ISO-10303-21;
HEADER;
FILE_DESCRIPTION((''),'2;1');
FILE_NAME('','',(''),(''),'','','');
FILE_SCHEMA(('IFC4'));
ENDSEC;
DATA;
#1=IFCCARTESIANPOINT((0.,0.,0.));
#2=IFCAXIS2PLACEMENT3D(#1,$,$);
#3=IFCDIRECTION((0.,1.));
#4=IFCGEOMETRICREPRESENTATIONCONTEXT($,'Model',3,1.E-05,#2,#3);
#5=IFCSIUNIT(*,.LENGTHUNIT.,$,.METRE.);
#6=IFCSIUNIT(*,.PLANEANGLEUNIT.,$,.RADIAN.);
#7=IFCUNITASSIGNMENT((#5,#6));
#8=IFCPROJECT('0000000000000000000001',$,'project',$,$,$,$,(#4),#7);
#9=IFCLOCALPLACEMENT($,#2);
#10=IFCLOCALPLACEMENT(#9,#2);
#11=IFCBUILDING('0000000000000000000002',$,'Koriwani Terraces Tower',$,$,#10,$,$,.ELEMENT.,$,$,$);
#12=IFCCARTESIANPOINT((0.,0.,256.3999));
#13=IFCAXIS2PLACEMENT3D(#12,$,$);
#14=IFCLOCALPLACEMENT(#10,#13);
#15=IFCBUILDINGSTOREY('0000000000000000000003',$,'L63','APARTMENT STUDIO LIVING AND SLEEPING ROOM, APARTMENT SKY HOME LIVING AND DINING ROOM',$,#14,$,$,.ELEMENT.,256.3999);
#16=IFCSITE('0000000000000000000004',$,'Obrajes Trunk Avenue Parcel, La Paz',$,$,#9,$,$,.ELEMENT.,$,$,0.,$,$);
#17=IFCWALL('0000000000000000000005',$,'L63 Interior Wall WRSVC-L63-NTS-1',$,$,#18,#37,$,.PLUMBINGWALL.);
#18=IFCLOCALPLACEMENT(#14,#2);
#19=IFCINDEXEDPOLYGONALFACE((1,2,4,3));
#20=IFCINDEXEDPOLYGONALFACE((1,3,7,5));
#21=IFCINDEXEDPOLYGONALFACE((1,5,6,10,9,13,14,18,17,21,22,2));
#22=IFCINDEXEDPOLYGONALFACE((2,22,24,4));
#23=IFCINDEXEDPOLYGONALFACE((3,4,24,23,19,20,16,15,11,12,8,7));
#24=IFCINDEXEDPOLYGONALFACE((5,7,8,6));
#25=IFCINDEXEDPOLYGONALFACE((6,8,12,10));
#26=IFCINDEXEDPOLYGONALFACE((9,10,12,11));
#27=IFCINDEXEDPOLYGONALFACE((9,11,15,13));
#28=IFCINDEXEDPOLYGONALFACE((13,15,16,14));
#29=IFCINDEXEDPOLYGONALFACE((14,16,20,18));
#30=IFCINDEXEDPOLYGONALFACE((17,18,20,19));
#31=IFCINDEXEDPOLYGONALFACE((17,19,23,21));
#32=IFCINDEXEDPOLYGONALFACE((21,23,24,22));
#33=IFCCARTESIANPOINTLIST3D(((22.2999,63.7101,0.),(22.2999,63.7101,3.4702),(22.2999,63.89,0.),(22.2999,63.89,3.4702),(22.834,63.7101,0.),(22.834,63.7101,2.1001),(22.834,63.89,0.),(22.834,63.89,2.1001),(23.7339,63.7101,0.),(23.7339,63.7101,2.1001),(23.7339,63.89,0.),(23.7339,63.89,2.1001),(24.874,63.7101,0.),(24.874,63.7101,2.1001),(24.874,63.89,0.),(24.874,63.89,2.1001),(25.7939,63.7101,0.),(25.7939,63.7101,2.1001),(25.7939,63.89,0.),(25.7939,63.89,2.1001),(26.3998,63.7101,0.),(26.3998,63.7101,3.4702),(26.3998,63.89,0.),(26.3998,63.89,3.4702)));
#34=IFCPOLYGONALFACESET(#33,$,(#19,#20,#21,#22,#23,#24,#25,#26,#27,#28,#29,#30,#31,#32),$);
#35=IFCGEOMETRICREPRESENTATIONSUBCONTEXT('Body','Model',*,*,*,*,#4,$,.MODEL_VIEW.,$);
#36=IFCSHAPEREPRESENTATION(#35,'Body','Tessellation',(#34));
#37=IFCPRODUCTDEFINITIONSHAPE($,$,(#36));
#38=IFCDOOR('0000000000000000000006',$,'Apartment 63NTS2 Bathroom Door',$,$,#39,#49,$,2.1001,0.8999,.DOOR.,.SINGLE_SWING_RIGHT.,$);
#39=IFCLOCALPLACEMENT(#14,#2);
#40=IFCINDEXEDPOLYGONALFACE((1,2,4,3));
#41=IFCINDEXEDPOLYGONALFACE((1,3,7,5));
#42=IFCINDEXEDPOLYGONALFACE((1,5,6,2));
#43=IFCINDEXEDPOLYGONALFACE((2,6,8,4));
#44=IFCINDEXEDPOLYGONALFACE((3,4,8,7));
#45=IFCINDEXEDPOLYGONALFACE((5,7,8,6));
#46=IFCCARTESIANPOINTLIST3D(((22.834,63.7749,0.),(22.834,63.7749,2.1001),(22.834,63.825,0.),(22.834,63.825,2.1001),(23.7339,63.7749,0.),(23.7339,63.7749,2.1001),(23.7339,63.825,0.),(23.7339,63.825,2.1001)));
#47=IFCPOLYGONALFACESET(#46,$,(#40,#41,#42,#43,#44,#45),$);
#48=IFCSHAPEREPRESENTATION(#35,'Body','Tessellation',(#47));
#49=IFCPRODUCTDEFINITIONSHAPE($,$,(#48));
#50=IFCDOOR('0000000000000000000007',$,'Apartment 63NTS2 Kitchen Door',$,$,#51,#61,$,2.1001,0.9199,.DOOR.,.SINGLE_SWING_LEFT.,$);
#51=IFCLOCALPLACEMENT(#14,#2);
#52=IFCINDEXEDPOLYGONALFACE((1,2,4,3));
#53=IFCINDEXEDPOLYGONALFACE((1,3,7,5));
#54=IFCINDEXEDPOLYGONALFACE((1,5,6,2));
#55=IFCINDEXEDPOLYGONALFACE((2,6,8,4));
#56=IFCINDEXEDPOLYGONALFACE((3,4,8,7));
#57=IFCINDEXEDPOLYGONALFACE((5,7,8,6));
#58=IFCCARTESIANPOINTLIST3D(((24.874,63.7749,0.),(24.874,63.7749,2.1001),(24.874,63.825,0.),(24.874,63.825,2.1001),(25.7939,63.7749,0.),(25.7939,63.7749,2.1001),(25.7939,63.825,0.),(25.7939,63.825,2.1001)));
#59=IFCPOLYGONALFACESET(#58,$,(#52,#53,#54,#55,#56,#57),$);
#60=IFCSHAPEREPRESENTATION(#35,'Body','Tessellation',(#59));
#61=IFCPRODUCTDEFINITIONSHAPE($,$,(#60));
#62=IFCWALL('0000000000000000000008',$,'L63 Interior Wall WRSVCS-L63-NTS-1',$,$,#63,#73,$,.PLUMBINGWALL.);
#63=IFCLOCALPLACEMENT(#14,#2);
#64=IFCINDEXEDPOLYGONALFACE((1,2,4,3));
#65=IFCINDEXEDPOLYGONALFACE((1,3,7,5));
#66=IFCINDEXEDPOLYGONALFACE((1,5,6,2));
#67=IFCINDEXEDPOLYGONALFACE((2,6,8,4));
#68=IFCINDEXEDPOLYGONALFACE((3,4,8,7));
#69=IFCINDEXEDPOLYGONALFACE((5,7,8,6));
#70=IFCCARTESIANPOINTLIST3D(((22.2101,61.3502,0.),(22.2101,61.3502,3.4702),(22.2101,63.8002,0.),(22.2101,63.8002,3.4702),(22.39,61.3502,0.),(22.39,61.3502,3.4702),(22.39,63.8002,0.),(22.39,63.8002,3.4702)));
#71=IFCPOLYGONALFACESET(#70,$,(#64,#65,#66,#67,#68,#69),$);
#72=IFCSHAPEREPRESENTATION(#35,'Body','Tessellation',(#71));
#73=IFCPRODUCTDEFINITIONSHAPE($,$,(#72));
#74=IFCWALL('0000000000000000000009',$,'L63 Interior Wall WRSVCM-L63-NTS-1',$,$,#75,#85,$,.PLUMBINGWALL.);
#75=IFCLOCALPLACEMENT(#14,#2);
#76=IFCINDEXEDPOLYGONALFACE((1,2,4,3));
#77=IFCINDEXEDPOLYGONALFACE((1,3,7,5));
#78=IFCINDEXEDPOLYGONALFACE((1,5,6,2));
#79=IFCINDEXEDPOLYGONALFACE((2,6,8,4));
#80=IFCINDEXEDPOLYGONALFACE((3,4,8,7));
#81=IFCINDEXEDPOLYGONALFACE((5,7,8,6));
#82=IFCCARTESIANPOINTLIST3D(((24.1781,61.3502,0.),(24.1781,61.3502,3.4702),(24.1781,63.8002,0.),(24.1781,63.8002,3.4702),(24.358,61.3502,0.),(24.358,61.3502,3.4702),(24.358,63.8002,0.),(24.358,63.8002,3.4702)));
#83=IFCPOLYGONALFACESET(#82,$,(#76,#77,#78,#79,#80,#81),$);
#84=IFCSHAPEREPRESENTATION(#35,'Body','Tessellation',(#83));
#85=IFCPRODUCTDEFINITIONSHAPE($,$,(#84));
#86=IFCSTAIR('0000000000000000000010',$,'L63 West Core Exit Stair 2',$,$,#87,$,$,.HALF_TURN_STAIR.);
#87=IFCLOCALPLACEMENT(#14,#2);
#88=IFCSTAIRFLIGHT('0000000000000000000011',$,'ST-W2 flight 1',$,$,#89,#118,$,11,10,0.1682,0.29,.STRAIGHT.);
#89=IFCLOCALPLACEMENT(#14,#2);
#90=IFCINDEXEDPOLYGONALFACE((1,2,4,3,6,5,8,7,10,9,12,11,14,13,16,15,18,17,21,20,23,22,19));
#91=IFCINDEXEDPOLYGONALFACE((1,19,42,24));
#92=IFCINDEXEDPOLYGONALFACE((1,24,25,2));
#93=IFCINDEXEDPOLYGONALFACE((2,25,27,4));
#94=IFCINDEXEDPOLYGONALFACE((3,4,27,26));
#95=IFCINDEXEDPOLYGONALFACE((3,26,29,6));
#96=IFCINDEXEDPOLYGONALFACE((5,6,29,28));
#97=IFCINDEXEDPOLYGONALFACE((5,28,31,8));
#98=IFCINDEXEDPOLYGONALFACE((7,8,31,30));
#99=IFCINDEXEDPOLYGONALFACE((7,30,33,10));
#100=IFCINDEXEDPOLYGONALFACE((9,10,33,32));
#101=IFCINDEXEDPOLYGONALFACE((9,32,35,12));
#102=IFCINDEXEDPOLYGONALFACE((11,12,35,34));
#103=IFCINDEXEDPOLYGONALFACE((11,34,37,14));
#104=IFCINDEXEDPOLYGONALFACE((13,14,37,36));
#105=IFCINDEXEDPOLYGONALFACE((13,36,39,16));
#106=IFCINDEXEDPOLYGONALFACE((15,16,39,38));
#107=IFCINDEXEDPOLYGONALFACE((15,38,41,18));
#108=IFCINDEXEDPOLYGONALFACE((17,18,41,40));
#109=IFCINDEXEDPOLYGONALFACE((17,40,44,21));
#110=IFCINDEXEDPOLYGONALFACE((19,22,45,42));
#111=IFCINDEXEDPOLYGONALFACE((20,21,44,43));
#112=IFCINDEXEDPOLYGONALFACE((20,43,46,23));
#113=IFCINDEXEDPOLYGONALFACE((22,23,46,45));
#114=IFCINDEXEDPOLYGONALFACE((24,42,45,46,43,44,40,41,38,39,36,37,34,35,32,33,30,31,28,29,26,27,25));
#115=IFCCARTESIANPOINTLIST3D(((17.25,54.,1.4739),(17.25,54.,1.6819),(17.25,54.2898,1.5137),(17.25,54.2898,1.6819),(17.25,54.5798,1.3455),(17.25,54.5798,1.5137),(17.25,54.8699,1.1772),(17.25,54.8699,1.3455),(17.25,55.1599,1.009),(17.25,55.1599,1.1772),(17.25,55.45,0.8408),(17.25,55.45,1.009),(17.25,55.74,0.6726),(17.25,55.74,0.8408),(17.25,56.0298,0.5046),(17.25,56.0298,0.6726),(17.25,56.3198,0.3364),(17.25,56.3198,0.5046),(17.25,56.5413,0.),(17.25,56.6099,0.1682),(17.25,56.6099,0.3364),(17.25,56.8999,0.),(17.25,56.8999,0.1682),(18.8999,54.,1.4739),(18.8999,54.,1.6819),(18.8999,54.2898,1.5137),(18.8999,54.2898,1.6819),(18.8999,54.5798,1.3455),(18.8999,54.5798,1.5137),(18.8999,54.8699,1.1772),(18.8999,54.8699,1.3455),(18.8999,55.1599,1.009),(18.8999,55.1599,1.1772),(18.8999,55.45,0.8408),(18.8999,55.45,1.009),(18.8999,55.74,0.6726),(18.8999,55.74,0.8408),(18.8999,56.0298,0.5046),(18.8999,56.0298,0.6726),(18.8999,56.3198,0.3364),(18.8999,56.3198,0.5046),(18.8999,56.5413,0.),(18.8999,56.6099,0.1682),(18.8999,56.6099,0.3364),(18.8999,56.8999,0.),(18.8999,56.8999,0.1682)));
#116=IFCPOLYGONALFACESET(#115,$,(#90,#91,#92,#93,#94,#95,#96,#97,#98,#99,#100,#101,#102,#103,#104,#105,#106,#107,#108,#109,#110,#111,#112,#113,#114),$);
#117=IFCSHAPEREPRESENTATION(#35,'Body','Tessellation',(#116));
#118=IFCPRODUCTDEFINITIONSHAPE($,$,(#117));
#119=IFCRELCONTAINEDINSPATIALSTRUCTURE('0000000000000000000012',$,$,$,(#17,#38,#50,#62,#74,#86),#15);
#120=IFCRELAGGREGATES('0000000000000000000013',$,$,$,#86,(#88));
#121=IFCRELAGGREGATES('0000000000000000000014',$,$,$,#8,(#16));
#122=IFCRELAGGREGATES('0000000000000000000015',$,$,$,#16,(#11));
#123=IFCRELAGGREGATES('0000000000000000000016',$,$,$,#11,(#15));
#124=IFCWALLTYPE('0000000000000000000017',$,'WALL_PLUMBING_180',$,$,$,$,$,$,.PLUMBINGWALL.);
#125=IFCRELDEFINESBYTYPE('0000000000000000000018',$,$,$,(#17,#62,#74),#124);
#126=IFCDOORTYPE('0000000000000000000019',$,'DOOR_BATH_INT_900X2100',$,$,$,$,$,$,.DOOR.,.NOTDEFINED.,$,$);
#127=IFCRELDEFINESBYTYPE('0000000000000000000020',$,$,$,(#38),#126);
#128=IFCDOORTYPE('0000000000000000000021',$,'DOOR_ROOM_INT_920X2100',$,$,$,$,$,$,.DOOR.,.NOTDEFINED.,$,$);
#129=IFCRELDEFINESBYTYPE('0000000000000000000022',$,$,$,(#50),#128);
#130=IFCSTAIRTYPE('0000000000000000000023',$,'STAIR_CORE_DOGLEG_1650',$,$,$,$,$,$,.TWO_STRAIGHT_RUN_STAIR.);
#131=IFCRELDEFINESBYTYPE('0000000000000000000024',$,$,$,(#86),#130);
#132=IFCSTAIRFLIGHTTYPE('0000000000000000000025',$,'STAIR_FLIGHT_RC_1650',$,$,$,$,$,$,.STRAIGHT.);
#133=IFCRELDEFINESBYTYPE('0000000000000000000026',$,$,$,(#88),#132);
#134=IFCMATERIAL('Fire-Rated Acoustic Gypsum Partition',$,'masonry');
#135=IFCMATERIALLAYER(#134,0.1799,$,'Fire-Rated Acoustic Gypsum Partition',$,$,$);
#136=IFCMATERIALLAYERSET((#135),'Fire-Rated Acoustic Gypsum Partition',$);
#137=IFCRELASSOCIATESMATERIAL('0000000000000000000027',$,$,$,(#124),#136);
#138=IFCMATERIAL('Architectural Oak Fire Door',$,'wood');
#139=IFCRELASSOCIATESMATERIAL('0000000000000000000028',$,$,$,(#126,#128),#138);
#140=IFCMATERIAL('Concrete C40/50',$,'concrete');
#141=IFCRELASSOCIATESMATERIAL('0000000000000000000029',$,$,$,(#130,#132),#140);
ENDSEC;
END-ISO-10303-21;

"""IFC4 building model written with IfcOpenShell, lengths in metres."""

from ifc_helpers import new_model, si_unit, direction, frame, frame_2d, origin, place, context, subcontext, project, spatial, polyline, rectangle, outline, extrude, material, layer, layer_set, type_object, element, fill, aggregate, save


model = new_model("IFC4")

# Units and contexts
model_context = context("Model", 3, precision=1e-05, world=origin(), true_north=direction((0.0, 1.0)))
body_context = subcontext(model_context, "Body", "Model", "MODEL_VIEW")
ifc_project = project(units=[si_unit("LENGTHUNIT", "METRE"), si_unit("PLANEANGLEUNIT", "RADIAN")], contexts=[model_context])

# Site, building, storey
site_placement = place(None, origin())
site = spatial("IfcSite", under=ifc_project, at=site_placement, Name="Obrajes Trunk Avenue Parcel, La Paz", CompositionType="ELEMENT", RefElevation=0.0)
building_placement = place(site_placement, origin())
building = spatial("IfcBuilding", under=site, at=building_placement, Name="Koriwani Terraces Tower", CompositionType="ELEMENT")
storey_placement = place(building_placement, frame((0.0, 0.0, 256.3999)))
storey = spatial("IfcBuildingStorey", under=building, at=storey_placement, Name="L63", Description="APARTMENT STUDIO LIVING AND SLEEPING ROOM, APARTMENT SKY HOME LIVING AND DINING ROOM", CompositionType="ELEMENT", Elevation=256.3999)

# Shared definitions
ifc_material_1 = material(Name="Concrete C40/50", Category="concrete")

# Shared definitions
ifc_material_2 = material(Name="Fire-Rated Acoustic Gypsum Partition", Category="masonry")
ifc_layer_1 = layer(ifc_material_2, 0.1799, Name="Fire-Rated Acoustic Gypsum Partition")
ifc_layer_set_1 = layer_set([ifc_layer_1], Name="Fire-Rated Acoustic Gypsum Partition")
wall_type_1 = type_object("IfcWallType", Name="WALL_PLUMBING_180", PredefinedType="PLUMBINGWALL", material=ifc_layer_set_1)

# Wall, openings, doors
wall_1_placement = place(storey_placement, frame((22.3, 63.8, 0.0), z_axis=(0.0, 0.0, 1.0), x_axis=(1.0, 0.0, 0.0)))
wall_1 = element("IfcWall", 1, at=wall_1_placement, inside=storey, type_object=wall_type_1, Name="L63 Interior Wall WRSVC-L63-NTS-1", PredefinedType="PLUMBINGWALL", context=body_context, shape_type="SweptSolid", body=[
    extrude(rectangle(XDim=4.0999, YDim=0.1799, at=frame_2d((2.0498, 0.0))), origin(), (0.0, 0.0, 1.0), 3.4702),
])
opening_1_placement = place(wall_1_placement, frame((0.5339, 0.0, 0.0)))
opening_1 = element("IfcOpeningElement", 2, at=opening_1_placement, cuts=wall_1, PredefinedType="OPENING", context=body_context, shape_type="SweptSolid", body=[
    extrude(rectangle(XDim=0.8999, YDim=2.1001, at=frame_2d((0.45, 1.05))), frame((0.0, 0.1001, 0.0), z_axis=(0.0, -1.0, 0.0), x_axis=(1.0, 0.0, 0.0)), (0.0, 0.0, 1.0), 0.2),
])
opening_2_placement = place(wall_1_placement, frame((2.574, 0.0, 0.0)))
opening_2 = element("IfcOpeningElement", 3, at=opening_2_placement, cuts=wall_1, PredefinedType="OPENING", context=body_context, shape_type="SweptSolid", body=[
    extrude(rectangle(XDim=0.9199, YDim=2.1001, at=frame_2d((0.46, 1.05))), frame((0.0, 0.1001, 0.0), z_axis=(0.0, -1.0, 0.0), x_axis=(1.0, 0.0, 0.0)), (0.0, 0.0, 1.0), 0.2),
])
ifc_material_3 = material(Name="Architectural Oak Fire Door", Category="wood")
door_type_1 = type_object("IfcDoorType", Name="DOOR_BATH_INT_900X2100", OperationType="NOTDEFINED", PredefinedType="DOOR", material=ifc_material_3)
door_1_placement = place(opening_1_placement, origin())
door_1 = element("IfcDoor", 4, at=door_1_placement, inside=storey, type_object=door_type_1, Name="Apartment 63NTS2 Bathroom Door", OperationType="SINGLE_SWING_RIGHT", OverallHeight=2.1001, OverallWidth=0.8999, PredefinedType="DOOR", context=body_context, shape_type="SweptSolid", body=[
    extrude(rectangle(XDim=0.8999, YDim=2.1001, at=frame_2d((0.45, 1.05))), frame((0.0, 0.0249, 0.0), z_axis=(0.0, -1.0, 0.0), x_axis=(1.0, 0.0, 0.0)), (0.0, 0.0, 1.0), 0.05),
])
fill(opening_1, door_1)
door_type_2 = type_object("IfcDoorType", Name="DOOR_ROOM_INT_920X2100", OperationType="NOTDEFINED", PredefinedType="DOOR", material=ifc_material_3)
door_2_placement = place(opening_2_placement, origin())
door_2 = element("IfcDoor", 5, at=door_2_placement, inside=storey, type_object=door_type_2, Name="Apartment 63NTS2 Kitchen Door", OperationType="SINGLE_SWING_LEFT", OverallHeight=2.1001, OverallWidth=0.9199, PredefinedType="DOOR", context=body_context, shape_type="SweptSolid", body=[
    extrude(rectangle(XDim=0.9199, YDim=2.1001, at=frame_2d((0.46, 1.05))), frame((0.0, 0.0249, 0.0), z_axis=(0.0, -1.0, 0.0), x_axis=(1.0, 0.0, 0.0)), (0.0, 0.0, 1.0), 0.05),
])
fill(opening_2, door_2)

# Walls
for number, where, z_axis, x_axis, name in (
    (6, (22.3, 61.3501, 0.0), (0.0, 0.0, 1.0), (0.0, 1.0, 0.0), "L63 Interior Wall WRSVCS-L63-NTS-1"),
    (7, (24.2681, 61.3501, 0.0), (0.0, 0.0, 1.0), (0.0, 1.0, 0.0), "L63 Interior Wall WRSVCM-L63-NTS-1"),
):
    element("IfcWall", number, at=place(storey_placement, frame(where, z_axis=z_axis, x_axis=x_axis)), inside=storey, type_object=wall_type_1, Name=name, PredefinedType="PLUMBINGWALL", context=body_context, shape_type="SweptSolid", body=[
        extrude(rectangle(XDim=2.45, YDim=0.1799, at=frame_2d((1.2251, 0.0))), origin(), (0.0, 0.0, 1.0), 3.4702),
    ])

# Stair, stair flight
stair_type = type_object("IfcStairType", Name="STAIR_CORE_DOGLEG_1650", PredefinedType="TWO_STRAIGHT_RUN_STAIR", material=ifc_material_1)
stair_placement = place(storey_placement, origin())
stair = element("IfcStair", 8, at=stair_placement, inside=storey, type_object=stair_type, Name="L63 West Core Exit Stair 2", PredefinedType="HALF_TURN_STAIR")
stair_flight_type = type_object("IfcStairFlightType", Name="STAIR_FLIGHT_RC_1650", PredefinedType="STRAIGHT", material=ifc_material_1)
stair_flight_placement = place(storey_placement, frame((18.075, 56.8999, 0.0), z_axis=(0.0, 0.0, 1.0), x_axis=(0.0, -1.0, 0.0)))
stair_flight = element("IfcStairFlight", 9, at=stair_flight_placement, type_object=stair_flight_type, Name="ST-W2 flight 1", NumberOfRisers=11, NumberOfTreads=10, PredefinedType="STRAIGHT", RiserHeight=0.1682, TreadLength=0.29, context=body_context, shape_type="SweptSolid", body=[
    extrude(outline(polyline([(0.0, 0.0), (0.0, 0.1682), (0.29, 0.1682), (0.29, 0.3364), (0.5801, 0.3364), (0.5801, 0.5046), (0.8701, 0.5046), (0.8701, 0.6726), (1.1599, 0.6726), (1.1599, 0.8408), (1.45, 0.8408), (1.45, 1.009), (1.74, 1.009), (1.74, 1.1772), (2.03, 1.1772), (2.03, 1.3455), (2.3201, 1.3455), (2.3201, 1.5137), (2.6101, 1.5137), (2.6101, 1.6819), (2.8999, 1.6819), (2.8999, 1.8501), (2.8999, 1.4739), (0.3586, 0.0), (0.0, 0.0)])), frame((0.0, 0.825, 0.0), z_axis=(0.0, -1.0, 0.0), x_axis=(1.0, 0.0, 0.0)), (0.0, 0.0, 1.0), 1.6499),
])
aggregate(stair, [stair_flight])

save(model, "model.ifc")
